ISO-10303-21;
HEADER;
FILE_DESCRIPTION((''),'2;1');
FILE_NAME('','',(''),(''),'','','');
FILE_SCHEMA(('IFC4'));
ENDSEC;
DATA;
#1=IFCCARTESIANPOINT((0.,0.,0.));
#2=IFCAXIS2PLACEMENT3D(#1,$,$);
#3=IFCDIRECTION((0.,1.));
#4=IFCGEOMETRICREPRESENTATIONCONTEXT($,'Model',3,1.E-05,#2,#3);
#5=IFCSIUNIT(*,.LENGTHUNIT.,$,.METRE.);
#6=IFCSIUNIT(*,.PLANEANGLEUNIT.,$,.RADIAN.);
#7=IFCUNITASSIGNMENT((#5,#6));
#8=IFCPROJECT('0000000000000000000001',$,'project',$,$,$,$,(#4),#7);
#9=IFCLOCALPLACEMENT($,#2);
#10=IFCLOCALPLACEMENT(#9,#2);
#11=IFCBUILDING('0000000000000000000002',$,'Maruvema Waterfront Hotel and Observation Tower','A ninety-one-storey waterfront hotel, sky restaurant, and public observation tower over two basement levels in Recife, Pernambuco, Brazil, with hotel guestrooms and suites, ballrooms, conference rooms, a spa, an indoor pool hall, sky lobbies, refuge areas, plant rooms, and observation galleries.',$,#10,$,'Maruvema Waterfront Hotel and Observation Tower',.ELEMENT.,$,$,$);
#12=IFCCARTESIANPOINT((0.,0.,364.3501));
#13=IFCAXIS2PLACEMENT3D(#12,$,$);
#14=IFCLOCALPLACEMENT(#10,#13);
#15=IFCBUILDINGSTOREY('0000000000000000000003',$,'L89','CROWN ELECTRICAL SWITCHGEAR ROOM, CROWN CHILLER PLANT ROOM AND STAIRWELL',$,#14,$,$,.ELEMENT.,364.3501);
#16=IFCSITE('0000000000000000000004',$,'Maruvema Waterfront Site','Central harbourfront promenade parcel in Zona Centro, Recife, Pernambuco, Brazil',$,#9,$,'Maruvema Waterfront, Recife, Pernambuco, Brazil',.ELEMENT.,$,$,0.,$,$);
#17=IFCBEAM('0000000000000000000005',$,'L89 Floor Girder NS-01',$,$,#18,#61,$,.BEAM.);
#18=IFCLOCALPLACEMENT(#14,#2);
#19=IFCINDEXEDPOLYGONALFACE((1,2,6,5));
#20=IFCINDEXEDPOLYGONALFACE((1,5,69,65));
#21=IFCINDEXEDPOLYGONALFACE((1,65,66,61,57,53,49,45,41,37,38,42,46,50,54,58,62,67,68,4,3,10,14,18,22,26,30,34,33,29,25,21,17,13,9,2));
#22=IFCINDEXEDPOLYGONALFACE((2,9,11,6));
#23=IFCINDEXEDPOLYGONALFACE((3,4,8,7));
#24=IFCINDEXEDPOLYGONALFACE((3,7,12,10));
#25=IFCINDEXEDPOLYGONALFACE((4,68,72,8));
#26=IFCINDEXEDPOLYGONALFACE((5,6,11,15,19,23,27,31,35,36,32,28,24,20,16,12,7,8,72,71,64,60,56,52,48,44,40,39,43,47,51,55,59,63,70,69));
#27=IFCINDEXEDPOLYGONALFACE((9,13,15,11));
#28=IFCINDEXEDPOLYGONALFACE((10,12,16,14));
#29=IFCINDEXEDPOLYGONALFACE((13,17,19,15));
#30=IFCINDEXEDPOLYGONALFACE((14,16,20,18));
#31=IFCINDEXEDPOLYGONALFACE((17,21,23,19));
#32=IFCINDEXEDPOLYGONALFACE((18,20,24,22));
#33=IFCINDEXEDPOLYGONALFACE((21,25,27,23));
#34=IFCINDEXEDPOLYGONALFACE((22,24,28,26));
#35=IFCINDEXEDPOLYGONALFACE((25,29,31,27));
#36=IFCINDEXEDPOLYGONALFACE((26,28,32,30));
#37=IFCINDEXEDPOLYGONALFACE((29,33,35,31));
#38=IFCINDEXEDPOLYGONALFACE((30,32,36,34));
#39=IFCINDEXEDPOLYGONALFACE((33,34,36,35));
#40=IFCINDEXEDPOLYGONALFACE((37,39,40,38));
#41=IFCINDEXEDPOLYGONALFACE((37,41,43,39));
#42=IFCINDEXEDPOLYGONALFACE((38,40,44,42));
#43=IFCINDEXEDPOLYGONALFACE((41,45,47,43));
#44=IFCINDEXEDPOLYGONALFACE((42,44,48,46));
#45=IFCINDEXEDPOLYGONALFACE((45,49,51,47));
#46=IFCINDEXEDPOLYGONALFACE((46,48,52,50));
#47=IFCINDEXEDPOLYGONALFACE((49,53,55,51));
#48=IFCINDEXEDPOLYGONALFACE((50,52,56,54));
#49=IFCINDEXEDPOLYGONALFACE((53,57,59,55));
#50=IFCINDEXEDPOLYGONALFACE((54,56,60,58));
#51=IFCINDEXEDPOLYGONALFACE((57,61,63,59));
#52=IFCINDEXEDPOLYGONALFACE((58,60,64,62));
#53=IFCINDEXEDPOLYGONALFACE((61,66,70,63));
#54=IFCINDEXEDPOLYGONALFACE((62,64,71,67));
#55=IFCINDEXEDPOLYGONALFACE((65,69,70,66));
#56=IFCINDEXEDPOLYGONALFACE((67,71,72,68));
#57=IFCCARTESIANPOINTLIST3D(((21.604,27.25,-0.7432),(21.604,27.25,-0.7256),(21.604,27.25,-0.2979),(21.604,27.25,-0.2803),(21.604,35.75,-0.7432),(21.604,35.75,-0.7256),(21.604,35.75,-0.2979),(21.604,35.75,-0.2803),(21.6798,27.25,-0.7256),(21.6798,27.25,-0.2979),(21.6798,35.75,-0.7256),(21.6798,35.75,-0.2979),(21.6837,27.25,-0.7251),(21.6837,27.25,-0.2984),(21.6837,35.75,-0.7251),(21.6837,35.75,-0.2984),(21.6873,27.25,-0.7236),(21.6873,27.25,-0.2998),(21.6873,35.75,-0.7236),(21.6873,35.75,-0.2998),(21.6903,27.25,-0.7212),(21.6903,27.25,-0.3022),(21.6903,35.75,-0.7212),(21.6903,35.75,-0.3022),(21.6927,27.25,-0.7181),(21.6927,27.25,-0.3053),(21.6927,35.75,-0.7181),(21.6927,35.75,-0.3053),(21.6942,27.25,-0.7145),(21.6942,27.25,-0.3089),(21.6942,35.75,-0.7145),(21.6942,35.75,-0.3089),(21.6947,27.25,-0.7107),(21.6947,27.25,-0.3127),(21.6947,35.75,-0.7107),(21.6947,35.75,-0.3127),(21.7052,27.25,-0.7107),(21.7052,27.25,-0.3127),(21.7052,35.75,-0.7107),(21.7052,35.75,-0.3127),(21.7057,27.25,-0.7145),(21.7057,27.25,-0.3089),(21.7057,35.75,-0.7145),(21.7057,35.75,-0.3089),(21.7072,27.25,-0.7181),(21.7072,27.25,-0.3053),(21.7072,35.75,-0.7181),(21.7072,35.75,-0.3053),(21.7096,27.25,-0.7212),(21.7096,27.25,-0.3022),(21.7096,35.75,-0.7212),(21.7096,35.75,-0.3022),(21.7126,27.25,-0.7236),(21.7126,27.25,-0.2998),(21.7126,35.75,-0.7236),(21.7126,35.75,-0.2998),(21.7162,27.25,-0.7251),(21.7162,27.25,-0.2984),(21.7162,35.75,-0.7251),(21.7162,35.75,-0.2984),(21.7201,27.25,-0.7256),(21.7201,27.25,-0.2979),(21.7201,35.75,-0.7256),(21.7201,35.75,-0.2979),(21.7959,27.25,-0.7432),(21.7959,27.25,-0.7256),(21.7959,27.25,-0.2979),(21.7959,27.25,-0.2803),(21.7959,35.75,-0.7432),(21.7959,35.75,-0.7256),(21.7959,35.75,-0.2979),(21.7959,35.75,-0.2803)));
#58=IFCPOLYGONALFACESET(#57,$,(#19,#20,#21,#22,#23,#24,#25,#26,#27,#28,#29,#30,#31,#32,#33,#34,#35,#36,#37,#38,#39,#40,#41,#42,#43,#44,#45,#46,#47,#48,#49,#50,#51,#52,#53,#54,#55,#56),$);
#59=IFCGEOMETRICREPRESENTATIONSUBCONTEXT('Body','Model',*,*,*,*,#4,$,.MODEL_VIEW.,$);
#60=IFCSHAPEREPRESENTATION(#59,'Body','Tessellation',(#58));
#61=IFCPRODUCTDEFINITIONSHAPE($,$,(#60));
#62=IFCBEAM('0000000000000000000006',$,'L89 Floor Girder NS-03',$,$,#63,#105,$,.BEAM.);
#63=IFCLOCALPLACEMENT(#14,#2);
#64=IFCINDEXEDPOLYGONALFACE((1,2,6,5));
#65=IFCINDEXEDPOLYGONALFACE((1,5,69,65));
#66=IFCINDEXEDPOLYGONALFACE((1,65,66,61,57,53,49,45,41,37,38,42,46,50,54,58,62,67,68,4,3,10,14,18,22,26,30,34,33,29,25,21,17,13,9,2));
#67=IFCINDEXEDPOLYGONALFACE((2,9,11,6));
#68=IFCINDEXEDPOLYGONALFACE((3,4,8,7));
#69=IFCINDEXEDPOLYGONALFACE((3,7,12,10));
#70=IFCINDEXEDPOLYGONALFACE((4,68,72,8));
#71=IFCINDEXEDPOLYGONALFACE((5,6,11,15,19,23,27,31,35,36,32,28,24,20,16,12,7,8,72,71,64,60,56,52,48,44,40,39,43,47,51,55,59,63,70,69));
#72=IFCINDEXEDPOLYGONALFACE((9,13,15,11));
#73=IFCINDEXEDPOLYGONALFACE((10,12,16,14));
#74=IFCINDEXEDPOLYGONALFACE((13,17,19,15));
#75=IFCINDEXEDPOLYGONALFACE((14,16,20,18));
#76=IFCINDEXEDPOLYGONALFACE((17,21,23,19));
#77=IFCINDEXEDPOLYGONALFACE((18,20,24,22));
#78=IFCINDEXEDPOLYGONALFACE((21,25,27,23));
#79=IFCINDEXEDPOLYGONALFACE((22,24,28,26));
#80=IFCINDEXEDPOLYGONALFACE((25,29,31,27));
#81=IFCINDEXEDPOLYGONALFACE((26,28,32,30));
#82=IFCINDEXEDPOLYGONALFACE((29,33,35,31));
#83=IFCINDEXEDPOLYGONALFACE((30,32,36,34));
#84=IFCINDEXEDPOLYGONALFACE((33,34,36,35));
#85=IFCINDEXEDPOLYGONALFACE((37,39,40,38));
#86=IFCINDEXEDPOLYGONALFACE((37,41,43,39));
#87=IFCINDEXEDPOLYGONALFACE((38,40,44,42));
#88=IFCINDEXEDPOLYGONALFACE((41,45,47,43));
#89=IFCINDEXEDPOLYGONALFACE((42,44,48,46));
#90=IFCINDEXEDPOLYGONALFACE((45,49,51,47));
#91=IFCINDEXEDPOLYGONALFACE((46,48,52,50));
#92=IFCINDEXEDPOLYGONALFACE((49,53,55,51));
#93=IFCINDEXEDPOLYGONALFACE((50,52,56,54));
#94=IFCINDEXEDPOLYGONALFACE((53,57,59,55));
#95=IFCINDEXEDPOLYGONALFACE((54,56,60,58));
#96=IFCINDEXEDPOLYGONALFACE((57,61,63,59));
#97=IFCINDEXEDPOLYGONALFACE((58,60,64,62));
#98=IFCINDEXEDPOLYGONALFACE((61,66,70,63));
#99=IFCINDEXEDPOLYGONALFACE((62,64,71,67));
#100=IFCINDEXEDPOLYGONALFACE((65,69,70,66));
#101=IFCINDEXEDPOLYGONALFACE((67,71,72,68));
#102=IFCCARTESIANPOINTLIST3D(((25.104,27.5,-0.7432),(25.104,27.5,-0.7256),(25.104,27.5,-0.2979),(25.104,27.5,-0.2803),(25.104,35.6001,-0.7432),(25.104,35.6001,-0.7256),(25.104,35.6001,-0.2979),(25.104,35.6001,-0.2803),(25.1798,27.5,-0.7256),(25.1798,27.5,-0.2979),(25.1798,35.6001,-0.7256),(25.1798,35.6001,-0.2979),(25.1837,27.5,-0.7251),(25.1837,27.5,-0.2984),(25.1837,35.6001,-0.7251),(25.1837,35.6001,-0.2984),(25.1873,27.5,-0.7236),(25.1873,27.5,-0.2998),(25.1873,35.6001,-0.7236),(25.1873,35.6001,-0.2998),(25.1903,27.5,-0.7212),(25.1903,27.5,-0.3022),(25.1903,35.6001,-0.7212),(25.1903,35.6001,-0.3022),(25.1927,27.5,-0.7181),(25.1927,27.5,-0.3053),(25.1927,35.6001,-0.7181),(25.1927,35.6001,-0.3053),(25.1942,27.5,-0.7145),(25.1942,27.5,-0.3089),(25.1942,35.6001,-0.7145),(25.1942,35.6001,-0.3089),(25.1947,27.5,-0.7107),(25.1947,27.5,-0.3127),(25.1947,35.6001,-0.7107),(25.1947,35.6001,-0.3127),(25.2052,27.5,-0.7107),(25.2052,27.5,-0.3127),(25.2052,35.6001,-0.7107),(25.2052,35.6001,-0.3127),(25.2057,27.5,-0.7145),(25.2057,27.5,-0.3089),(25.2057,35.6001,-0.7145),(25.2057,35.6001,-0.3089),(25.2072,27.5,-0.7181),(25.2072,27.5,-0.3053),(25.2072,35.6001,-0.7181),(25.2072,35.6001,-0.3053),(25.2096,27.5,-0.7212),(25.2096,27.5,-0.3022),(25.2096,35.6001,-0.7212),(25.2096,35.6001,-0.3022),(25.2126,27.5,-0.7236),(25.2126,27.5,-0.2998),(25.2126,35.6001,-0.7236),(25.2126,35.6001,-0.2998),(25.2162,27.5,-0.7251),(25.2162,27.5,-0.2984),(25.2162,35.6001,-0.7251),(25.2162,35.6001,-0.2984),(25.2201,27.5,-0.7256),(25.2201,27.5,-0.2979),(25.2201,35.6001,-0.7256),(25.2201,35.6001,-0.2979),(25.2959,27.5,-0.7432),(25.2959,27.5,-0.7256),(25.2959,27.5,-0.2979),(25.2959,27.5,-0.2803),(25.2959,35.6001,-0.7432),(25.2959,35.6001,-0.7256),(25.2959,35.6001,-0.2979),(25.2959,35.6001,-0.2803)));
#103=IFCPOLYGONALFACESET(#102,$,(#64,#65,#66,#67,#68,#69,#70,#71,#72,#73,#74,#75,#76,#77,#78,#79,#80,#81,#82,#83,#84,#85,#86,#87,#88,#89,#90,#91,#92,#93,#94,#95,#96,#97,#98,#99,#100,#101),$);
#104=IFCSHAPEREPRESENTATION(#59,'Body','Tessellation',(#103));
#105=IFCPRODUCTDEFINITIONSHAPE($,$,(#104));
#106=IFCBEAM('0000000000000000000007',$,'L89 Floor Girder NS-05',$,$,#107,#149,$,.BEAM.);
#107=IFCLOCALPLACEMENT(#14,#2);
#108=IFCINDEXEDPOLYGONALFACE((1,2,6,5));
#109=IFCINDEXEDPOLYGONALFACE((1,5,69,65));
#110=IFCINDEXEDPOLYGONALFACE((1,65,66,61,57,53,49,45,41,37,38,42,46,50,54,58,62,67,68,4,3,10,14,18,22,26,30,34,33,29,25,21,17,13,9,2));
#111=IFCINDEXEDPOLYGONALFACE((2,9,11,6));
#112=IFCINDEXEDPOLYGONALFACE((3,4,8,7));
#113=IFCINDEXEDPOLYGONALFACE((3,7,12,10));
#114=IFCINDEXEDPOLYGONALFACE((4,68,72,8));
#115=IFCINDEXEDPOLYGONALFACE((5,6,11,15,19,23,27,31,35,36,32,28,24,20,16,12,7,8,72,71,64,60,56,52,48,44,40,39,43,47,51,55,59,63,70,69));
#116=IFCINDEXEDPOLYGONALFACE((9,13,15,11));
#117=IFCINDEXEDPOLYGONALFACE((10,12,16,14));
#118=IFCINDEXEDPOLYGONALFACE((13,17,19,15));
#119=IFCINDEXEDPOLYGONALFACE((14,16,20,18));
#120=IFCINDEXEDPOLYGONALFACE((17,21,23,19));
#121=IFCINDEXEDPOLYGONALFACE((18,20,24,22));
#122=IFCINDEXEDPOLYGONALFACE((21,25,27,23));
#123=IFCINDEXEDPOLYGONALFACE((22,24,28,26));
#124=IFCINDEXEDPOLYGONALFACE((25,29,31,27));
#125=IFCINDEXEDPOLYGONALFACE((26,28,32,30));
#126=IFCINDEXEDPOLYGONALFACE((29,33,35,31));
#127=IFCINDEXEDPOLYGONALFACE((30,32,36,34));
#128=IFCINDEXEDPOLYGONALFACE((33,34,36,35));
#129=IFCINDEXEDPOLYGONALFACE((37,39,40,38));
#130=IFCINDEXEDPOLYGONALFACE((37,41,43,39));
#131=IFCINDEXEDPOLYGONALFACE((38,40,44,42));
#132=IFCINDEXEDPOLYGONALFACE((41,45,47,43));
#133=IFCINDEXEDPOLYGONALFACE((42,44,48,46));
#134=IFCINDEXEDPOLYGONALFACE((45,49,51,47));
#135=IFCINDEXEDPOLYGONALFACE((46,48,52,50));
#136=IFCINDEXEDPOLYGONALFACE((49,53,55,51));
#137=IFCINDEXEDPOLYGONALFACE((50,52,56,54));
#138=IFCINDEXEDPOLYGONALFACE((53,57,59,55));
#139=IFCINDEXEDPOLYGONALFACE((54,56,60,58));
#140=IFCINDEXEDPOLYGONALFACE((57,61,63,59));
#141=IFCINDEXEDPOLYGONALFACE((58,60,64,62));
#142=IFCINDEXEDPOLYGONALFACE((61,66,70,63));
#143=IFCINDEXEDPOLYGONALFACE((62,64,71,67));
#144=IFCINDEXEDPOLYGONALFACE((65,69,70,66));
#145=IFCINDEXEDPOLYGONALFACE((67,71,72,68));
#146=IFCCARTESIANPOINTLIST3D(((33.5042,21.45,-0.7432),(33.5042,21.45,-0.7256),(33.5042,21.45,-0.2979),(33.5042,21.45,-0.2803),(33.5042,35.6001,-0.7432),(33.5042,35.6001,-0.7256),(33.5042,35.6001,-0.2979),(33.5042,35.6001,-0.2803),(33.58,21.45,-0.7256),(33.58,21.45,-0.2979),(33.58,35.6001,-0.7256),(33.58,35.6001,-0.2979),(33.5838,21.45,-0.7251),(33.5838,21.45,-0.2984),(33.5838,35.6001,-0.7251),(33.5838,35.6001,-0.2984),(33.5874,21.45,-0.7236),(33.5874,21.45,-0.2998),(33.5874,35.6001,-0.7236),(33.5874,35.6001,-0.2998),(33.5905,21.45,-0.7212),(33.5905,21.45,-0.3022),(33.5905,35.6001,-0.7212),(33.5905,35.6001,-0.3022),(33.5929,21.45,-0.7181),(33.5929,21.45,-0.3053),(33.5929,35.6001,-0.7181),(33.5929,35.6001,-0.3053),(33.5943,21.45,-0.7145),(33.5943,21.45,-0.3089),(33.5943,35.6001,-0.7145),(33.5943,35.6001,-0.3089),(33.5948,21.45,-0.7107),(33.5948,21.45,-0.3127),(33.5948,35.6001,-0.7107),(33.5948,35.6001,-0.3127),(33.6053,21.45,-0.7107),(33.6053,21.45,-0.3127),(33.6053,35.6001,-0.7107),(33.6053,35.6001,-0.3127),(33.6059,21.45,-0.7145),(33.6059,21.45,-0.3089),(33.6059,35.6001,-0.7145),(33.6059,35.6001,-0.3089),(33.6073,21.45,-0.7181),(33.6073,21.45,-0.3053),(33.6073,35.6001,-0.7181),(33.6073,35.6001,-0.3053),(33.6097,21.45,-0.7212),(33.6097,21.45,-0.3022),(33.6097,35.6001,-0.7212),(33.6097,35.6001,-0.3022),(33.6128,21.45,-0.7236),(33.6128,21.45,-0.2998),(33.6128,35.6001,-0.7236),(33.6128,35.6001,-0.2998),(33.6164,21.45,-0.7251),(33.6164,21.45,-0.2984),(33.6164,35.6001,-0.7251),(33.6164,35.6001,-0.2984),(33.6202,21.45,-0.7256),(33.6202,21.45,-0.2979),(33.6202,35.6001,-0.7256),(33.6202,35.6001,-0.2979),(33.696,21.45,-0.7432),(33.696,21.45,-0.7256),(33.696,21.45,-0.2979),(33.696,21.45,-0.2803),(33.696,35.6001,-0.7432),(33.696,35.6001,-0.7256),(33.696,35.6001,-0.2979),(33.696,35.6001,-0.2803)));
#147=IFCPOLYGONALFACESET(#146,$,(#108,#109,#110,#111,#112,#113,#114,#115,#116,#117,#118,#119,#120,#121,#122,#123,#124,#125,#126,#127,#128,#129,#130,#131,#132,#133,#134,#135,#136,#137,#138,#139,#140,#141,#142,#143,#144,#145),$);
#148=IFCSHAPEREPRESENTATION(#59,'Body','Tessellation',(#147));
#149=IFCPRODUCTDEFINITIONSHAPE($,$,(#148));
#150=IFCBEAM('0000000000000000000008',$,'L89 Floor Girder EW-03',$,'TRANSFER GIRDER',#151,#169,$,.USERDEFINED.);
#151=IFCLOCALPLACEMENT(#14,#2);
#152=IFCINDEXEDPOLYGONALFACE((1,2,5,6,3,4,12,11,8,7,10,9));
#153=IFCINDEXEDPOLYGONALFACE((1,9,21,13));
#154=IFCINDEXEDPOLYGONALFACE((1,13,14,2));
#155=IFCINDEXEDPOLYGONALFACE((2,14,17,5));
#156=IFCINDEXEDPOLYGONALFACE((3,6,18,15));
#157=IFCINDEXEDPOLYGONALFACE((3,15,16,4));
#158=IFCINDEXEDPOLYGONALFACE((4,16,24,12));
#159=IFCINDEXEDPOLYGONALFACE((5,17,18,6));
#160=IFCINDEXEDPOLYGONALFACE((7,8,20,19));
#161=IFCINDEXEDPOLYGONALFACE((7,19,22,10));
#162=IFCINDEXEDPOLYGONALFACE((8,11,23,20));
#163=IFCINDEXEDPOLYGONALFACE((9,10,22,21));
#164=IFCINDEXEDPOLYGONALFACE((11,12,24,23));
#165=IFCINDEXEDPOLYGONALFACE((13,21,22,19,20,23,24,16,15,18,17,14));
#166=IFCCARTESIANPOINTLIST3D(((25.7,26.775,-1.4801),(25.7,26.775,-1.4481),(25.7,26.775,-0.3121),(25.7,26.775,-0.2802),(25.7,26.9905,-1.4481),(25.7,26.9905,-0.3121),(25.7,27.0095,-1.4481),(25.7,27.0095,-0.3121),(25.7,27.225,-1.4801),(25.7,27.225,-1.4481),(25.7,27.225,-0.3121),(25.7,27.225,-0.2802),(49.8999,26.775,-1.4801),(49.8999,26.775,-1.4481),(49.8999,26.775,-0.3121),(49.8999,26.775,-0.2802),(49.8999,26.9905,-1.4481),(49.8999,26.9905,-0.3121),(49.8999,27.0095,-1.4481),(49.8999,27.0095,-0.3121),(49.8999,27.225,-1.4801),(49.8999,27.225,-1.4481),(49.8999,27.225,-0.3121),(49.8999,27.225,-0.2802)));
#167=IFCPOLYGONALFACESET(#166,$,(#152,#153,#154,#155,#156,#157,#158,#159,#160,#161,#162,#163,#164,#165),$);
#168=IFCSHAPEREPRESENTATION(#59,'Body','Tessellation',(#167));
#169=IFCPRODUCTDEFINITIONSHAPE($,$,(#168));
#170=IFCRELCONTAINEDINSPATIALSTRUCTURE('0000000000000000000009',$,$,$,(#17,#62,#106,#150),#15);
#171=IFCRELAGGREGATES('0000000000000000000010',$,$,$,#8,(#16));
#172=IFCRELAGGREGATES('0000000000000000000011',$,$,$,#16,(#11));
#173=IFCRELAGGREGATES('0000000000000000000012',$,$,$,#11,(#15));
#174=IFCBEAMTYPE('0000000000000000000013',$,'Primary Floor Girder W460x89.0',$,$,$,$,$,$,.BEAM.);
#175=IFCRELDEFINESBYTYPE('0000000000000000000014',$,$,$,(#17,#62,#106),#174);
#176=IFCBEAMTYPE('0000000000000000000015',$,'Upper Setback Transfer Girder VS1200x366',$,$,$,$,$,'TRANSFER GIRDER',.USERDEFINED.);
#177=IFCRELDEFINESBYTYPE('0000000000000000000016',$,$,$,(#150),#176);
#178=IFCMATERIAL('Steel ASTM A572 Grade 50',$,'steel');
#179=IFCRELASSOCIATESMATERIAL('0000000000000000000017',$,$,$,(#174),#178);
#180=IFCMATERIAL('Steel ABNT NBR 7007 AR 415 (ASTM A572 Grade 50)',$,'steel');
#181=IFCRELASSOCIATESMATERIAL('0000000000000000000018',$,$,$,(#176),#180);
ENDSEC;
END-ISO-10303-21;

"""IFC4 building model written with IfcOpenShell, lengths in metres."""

from ifc_helpers import new_model, si_unit, direction, frame, origin, origin_2d, place, context, subcontext, project, spatial, i_section, extrude, material, material_profile, profile_set, type_object, element, save


model = new_model("IFC4")

# Units and contexts
model_context = context("Model", 3, precision=1e-05, world=origin(), true_north=direction((0.0, 1.0)))
body_context = subcontext(model_context, "Body", "Model", "MODEL_VIEW")
ifc_project = project(units=[si_unit("LENGTHUNIT", "METRE"), si_unit("PLANEANGLEUNIT", "RADIAN")], contexts=[model_context])

# Site, building, storey
site_placement = place(None, origin())
site = spatial("IfcSite", under=ifc_project, at=site_placement, Name="Maruvema Waterfront Site", Description="Central harbourfront promenade parcel in Zona Centro, Recife, Pernambuco, Brazil", LongName="Maruvema Waterfront, Recife, Pernambuco, Brazil", CompositionType="ELEMENT", RefElevation=0.0)
building_placement = place(site_placement, origin())
building = spatial("IfcBuilding", under=site, at=building_placement, Name="Maruvema Waterfront Hotel and Observation Tower", Description="A ninety-one-storey waterfront hotel, sky restaurant, and public observation tower over two basement levels in Recife, Pernambuco, Brazil, with hotel guestrooms and suites, ballrooms, conference rooms, a spa, an indoor pool hall, sky lobbies, refuge areas, plant rooms, and observation galleries.", LongName="Maruvema Waterfront Hotel and Observation Tower", CompositionType="ELEMENT")
storey_placement = place(building_placement, frame((0.0, 0.0, 364.3501)))
storey = spatial("IfcBuildingStorey", under=building, at=storey_placement, Name="L89", Description="CROWN ELECTRICAL SWITCHGEAR ROOM, CROWN CHILLER PLANT ROOM AND STAIRWELL", CompositionType="ELEMENT", Elevation=364.3501)

# Beams
ifc_material_1 = material(Name="Steel ASTM A572 Grade 50", Category="steel")
ifc_material_profile_1 = material_profile(ifc_material_1, i_section(OverallWidth=0.1919, OverallDepth=0.4629, WebThickness=0.0105, FlangeThickness=0.0176, FilletRadius=0.0149, at=origin_2d()), Name="W460x89.0")
ifc_profile_set_1 = profile_set([ifc_material_profile_1], Name="Steel ASTM A572 Grade 50")
beam_type_1 = type_object("IfcBeamType", Name="Primary Floor Girder W460x89.0", PredefinedType="BEAM", material=ifc_profile_set_1)
beam_1_placement = place(storey_placement, frame((21.7, 27.25, -0.5117), z_axis=(0.0, 1.0, 0.0), x_axis=(-1.0, 0.0, 0.0)))
element("IfcBeam", 1, at=beam_1_placement, inside=storey, type_object=beam_type_1, Name="L89 Floor Girder NS-01", PredefinedType="BEAM", context=body_context, shape_type="SweptSolid", body=[
    extrude(i_section(OverallWidth=0.1919, OverallDepth=0.4629, WebThickness=0.0105, FlangeThickness=0.0176, FilletRadius=0.0149, at=origin_2d()), origin(), (0.0, 0.0, 1.0), 8.5),
])
beam_2_placement = place(storey_placement, frame((25.2, 27.5, -0.5117), z_axis=(0.0, 1.0, 0.0), x_axis=(-1.0, 0.0, 0.0)))
element("IfcBeam", 2, at=beam_2_placement, inside=storey, type_object=beam_type_1, Name="L89 Floor Girder NS-03", PredefinedType="BEAM", context=body_context, shape_type="SweptSolid", body=[
    extrude(i_section(OverallWidth=0.1919, OverallDepth=0.4629, WebThickness=0.0105, FlangeThickness=0.0176, FilletRadius=0.0149, at=origin_2d()), origin(), (0.0, 0.0, 1.0), 8.1001),
])
beam_3_placement = place(storey_placement, frame((33.6001, 21.45, -0.5117), z_axis=(0.0, 1.0, 0.0), x_axis=(-1.0, 0.0, 0.0)))
element("IfcBeam", 3, at=beam_3_placement, inside=storey, type_object=beam_type_1, Name="L89 Floor Girder NS-05", PredefinedType="BEAM", context=body_context, shape_type="SweptSolid", body=[
    extrude(i_section(OverallWidth=0.1919, OverallDepth=0.4629, WebThickness=0.0105, FlangeThickness=0.0176, FilletRadius=0.0149, at=origin_2d()), origin(), (0.0, 0.0, 1.0), 14.1501),
])
ifc_material_2 = material(Name="Steel ABNT NBR 7007 AR 415 (ASTM A572 Grade 50)", Category="steel")
ifc_material_profile_2 = material_profile(ifc_material_2, i_section(OverallWidth=0.45, OverallDepth=1.2, WebThickness=0.019, FlangeThickness=0.032, at=origin_2d()), Name="VS1200x366")
ifc_profile_set_2 = profile_set([ifc_material_profile_2], Name="Steel ABNT NBR 7007 AR 415 (ASTM A572 Grade 50)")
beam_type_2 = type_object("IfcBeamType", Name="Upper Setback Transfer Girder VS1200x366", ElementType="TRANSFER GIRDER", PredefinedType="USERDEFINED", material=ifc_profile_set_2)
beam_4_placement = place(storey_placement, frame((25.7, 27.0, -0.8801), z_axis=(1.0, 0.0, 0.0), x_axis=(0.0, 1.0, 0.0)))
element("IfcBeam", 4, at=beam_4_placement, inside=storey, type_object=beam_type_2, Name="L89 Floor Girder EW-03", ObjectType="TRANSFER GIRDER", PredefinedType="USERDEFINED", context=body_context, shape_type="SweptSolid", body=[
    extrude(i_section(OverallWidth=0.45, OverallDepth=1.2, WebThickness=0.019, FlangeThickness=0.032, at=origin_2d()), origin(), (0.0, 0.0, 1.0), 24.2),
])

save(model, "model.ifc")
